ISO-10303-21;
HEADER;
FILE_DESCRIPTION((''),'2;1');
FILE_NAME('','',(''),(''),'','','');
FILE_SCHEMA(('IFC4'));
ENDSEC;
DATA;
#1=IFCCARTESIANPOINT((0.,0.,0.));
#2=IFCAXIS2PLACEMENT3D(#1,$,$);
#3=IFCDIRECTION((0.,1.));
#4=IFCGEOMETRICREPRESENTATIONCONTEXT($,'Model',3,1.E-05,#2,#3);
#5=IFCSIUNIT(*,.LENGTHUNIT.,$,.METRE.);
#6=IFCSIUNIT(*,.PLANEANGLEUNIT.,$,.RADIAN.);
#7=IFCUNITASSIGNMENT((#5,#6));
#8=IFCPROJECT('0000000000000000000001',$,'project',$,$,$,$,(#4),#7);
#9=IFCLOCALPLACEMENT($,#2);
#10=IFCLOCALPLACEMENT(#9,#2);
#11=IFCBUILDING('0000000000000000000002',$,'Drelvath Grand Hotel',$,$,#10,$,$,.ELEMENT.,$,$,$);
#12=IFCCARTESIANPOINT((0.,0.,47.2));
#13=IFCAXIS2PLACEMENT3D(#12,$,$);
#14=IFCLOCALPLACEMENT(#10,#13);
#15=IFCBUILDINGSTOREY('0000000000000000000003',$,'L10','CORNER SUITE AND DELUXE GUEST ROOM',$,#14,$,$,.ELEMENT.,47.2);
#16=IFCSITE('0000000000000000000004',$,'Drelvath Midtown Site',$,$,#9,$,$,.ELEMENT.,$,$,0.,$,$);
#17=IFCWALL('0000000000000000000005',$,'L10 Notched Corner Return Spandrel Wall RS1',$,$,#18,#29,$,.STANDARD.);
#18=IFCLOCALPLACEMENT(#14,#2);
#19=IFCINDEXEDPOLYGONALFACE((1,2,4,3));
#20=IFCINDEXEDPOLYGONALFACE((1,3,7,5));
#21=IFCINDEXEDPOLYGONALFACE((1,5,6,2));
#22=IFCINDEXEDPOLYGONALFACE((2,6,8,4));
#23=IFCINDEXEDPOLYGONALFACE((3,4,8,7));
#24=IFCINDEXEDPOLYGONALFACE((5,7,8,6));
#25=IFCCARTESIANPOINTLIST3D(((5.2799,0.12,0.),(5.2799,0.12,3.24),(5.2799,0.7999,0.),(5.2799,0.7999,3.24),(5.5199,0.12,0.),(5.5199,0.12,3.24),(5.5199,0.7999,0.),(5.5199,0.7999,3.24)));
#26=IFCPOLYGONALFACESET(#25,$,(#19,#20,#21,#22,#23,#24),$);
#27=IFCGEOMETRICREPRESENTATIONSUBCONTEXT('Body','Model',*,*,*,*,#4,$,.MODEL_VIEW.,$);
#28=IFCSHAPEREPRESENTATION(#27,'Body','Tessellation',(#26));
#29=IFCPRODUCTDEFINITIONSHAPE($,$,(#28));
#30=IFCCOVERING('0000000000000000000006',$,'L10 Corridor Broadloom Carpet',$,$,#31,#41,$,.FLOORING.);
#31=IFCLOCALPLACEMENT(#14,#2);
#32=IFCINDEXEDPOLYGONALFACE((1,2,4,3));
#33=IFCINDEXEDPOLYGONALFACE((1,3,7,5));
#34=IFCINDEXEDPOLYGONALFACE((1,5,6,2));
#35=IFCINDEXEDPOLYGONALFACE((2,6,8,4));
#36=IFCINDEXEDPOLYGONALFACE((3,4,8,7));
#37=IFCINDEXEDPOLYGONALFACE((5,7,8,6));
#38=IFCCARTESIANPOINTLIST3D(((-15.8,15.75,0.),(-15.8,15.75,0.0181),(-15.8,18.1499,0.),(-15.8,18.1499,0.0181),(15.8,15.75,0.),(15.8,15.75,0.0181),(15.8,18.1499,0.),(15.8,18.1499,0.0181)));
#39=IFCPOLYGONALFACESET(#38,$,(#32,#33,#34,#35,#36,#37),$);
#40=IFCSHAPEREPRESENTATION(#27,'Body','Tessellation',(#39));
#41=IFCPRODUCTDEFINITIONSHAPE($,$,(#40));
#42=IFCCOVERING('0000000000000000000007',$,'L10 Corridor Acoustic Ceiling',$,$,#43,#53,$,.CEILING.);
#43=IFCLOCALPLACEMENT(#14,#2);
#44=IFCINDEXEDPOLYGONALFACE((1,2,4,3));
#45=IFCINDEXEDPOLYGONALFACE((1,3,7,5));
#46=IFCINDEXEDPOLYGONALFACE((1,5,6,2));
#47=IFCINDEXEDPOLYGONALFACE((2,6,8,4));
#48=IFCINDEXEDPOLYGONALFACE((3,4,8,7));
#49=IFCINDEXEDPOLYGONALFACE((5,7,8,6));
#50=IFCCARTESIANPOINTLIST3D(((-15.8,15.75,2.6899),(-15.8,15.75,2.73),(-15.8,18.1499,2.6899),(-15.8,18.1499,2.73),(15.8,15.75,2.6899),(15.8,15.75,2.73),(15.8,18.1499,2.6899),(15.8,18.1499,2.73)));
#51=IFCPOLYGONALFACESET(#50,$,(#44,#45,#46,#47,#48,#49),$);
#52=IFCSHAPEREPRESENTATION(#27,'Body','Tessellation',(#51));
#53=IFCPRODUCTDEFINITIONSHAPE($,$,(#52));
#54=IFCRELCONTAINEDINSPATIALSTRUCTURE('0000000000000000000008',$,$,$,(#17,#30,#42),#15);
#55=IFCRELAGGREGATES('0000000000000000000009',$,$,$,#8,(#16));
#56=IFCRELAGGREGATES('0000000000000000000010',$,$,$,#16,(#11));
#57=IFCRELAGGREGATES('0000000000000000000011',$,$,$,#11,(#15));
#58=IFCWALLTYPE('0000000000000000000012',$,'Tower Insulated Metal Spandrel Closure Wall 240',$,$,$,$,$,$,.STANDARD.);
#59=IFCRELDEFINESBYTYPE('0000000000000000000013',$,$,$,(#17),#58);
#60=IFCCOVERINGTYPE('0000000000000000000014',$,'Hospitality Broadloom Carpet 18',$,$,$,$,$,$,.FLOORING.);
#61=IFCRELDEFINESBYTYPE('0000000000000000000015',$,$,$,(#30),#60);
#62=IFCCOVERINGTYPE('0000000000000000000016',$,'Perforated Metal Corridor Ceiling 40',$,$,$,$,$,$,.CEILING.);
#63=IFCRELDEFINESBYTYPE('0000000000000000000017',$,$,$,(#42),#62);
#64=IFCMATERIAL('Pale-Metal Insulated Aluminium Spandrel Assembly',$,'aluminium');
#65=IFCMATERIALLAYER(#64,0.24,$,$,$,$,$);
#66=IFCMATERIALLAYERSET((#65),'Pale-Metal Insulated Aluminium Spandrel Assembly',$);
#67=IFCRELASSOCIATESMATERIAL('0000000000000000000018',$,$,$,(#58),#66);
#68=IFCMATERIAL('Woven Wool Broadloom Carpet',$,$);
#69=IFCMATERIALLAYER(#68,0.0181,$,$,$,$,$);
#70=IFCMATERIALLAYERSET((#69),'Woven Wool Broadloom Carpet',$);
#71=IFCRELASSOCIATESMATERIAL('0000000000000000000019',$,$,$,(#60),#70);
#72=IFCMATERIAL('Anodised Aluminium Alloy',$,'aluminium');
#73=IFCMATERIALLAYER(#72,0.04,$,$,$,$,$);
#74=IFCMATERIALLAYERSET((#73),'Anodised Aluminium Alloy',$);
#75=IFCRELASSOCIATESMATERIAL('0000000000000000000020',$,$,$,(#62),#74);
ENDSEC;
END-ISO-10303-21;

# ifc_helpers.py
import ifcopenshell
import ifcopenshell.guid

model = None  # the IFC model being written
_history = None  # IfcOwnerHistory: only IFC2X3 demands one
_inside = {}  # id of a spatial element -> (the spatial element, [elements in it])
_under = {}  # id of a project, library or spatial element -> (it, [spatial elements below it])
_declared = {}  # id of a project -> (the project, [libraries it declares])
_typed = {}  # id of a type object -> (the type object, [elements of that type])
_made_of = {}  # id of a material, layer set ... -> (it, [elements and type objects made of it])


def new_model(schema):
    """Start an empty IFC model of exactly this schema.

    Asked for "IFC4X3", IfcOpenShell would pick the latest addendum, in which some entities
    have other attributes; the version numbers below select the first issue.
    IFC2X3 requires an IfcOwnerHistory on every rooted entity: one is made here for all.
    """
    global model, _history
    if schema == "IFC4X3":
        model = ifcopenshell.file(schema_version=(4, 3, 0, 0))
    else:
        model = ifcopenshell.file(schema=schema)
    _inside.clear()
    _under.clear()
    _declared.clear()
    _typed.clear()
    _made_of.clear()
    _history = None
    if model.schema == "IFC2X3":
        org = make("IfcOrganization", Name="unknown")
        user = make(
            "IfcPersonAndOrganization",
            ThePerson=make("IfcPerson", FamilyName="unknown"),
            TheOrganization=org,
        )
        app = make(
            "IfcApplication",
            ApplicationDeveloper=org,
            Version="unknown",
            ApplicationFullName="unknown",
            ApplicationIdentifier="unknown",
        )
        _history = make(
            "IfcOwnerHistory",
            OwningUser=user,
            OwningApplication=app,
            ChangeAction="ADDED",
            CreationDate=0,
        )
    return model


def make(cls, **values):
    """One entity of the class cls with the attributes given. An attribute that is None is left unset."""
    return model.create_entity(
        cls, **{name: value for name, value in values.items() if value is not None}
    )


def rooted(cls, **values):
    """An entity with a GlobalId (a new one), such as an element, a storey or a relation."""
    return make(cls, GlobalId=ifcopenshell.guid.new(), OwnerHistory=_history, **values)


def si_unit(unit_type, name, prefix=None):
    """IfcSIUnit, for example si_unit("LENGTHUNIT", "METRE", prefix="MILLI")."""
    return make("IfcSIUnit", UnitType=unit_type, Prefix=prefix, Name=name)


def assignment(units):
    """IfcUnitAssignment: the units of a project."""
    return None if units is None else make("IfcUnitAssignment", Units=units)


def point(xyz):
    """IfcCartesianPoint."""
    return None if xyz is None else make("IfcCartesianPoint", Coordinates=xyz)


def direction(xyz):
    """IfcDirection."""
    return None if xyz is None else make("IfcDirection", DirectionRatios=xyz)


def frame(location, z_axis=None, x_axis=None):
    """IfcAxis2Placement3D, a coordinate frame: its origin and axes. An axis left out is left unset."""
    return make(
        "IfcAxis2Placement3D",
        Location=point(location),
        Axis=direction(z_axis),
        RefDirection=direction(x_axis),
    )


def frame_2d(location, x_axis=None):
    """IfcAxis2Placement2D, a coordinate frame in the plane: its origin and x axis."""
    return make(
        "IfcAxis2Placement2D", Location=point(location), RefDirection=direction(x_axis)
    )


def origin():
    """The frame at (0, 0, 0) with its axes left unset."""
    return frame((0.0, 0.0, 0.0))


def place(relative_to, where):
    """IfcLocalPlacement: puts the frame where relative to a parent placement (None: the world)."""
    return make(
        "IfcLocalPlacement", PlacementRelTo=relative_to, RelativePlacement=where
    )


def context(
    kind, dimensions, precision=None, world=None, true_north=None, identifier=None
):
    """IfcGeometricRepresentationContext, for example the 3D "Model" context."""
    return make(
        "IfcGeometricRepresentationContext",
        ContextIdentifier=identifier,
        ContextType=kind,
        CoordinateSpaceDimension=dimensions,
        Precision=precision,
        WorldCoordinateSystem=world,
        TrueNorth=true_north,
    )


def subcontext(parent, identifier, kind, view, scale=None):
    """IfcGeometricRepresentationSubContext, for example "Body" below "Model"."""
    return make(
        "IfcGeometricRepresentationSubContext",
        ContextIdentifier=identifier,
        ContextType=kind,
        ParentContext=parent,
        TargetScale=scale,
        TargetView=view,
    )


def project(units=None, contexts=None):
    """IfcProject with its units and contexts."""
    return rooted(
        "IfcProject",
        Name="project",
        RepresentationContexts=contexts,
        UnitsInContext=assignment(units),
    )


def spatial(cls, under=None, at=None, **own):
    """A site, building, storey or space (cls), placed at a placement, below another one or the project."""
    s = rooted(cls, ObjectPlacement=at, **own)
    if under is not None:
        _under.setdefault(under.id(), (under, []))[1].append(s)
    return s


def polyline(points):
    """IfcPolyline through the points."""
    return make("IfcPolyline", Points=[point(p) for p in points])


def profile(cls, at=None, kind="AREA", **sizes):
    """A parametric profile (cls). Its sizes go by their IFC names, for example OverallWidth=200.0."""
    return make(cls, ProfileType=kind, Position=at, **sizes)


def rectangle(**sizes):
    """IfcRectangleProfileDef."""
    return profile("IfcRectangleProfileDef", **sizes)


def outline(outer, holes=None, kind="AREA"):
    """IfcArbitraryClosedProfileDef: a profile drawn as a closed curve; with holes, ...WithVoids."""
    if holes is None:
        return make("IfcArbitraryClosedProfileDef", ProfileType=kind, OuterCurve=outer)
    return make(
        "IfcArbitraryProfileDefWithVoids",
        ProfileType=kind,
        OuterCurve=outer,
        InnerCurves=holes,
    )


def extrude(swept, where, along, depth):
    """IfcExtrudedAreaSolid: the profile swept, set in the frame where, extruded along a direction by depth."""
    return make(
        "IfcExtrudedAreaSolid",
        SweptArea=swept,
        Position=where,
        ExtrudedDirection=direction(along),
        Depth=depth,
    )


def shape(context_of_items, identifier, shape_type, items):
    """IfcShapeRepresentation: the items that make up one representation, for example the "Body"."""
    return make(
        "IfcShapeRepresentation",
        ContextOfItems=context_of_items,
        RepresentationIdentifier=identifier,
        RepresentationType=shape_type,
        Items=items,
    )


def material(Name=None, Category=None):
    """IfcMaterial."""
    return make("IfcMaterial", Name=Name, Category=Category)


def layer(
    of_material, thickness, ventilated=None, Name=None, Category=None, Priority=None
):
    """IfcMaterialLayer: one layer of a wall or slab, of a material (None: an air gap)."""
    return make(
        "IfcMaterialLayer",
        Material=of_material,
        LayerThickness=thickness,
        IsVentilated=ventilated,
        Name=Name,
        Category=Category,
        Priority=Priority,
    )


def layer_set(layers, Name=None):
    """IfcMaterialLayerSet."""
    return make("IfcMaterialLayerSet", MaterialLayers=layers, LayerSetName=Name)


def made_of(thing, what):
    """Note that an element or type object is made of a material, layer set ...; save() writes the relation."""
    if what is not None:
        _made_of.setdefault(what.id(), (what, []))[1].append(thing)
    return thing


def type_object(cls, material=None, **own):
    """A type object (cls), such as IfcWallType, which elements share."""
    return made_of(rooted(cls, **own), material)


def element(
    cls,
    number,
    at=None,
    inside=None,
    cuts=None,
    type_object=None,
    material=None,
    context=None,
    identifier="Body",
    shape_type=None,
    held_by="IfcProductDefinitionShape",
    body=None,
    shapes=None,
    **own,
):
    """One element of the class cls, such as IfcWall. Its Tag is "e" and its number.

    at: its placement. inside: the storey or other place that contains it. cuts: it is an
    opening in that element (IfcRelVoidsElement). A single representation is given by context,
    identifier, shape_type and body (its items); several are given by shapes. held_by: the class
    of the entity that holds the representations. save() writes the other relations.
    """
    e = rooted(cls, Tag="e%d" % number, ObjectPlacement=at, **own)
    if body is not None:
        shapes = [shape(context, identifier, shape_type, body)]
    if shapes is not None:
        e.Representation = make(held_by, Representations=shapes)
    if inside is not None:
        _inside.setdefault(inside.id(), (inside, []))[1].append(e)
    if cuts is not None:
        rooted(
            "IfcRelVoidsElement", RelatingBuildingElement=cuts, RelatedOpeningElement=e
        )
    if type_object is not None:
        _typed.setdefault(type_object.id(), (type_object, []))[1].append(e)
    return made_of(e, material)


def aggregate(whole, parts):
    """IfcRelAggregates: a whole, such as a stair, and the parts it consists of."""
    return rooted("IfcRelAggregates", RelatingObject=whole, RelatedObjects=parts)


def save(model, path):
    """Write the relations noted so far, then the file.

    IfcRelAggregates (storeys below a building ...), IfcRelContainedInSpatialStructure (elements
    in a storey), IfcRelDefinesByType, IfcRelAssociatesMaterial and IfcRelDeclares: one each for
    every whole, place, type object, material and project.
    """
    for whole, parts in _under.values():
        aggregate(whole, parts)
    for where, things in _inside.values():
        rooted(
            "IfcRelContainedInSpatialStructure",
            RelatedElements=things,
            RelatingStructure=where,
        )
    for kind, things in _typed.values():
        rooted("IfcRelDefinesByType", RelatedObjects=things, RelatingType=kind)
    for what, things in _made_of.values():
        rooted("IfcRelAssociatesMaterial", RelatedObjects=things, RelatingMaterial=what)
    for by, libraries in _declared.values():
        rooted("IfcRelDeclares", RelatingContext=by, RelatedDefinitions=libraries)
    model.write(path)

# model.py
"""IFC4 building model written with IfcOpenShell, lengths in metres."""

from ifc_helpers import new_model, si_unit, direction, frame, frame_2d, origin, place, context, subcontext, project, spatial, polyline, rectangle, outline, extrude, material, layer, layer_set, type_object, element, save


model = new_model("IFC4")

# Units and contexts
model_context = context("Model", 3, precision=1e-05, world=origin(), true_north=direction((0.0, 1.0)))
body_context = subcontext(model_context, "Body", "Model", "MODEL_VIEW")
ifc_project = project(units=[si_unit("LENGTHUNIT", "METRE"), si_unit("PLANEANGLEUNIT", "RADIAN")], contexts=[model_context])

# Site, building, storey
site_placement = place(None, origin())
site = spatial("IfcSite", under=ifc_project, at=site_placement, Name="Drelvath Midtown Site", CompositionType="ELEMENT", RefElevation=0.0)
building_placement = place(site_placement, origin())
building = spatial("IfcBuilding", under=site, at=building_placement, Name="Drelvath Grand Hotel", CompositionType="ELEMENT")
storey_placement = place(building_placement, frame((0.0, 0.0, 47.2)))
storey = spatial("IfcBuildingStorey", under=building, at=storey_placement, Name="L10", Description="CORNER SUITE AND DELUXE GUEST ROOM", CompositionType="ELEMENT", Elevation=47.2)

# Wall
ifc_material_1 = material(Name="Pale-Metal Insulated Aluminium Spandrel Assembly", Category="aluminium")
ifc_layer_1 = layer(ifc_material_1, 0.24)
ifc_layer_set_1 = layer_set([ifc_layer_1], Name="Pale-Metal Insulated Aluminium Spandrel Assembly")
wall_type_1 = type_object("IfcWallType", Name="Tower Insulated Metal Spandrel Closure Wall 240", PredefinedType="STANDARD", material=ifc_layer_set_1)
wall_1_placement = place(storey_placement, frame((5.3999, 0.1201, 0.0), z_axis=(0.0, 0.0, 1.0), x_axis=(0.0, 1.0, 0.0)))
element("IfcWall", 1, at=wall_1_placement, inside=storey, type_object=wall_type_1, Name="L10 Notched Corner Return Spandrel Wall RS1", PredefinedType="STANDARD", context=body_context, shape_type="SweptSolid", body=[
    extrude(rectangle(XDim=0.6799, YDim=0.24, at=frame_2d((0.3398, 0.0))), origin(), (0.0, 0.0, 1.0), 3.24),
])

# Coverings
ifc_material_2 = material(Name="Woven Wool Broadloom Carpet")
ifc_layer_2 = layer(ifc_material_2, 0.0181)
ifc_layer_set_2 = layer_set([ifc_layer_2], Name="Woven Wool Broadloom Carpet")
covering_type_1 = type_object("IfcCoveringType", Name="Hospitality Broadloom Carpet 18", PredefinedType="FLOORING", material=ifc_layer_set_2)
covering_1_placement = place(storey_placement, origin())
element("IfcCovering", 2, at=covering_1_placement, inside=storey, type_object=covering_type_1, Name="L10 Corridor Broadloom Carpet", PredefinedType="FLOORING", context=body_context, shape_type="SweptSolid", body=[
    extrude(outline(polyline([(15.8, 15.75), (15.8, 18.1499), (-15.8, 18.1499), (-15.8, 15.75), (15.8, 15.75)])), origin(), (0.0, 0.0, 1.0), 0.0181),
])
ifc_material_3 = material(Name="Anodised Aluminium Alloy", Category="aluminium")
ifc_layer_3 = layer(ifc_material_3, 0.04)
ifc_layer_set_3 = layer_set([ifc_layer_3], Name="Anodised Aluminium Alloy")
covering_type_2 = type_object("IfcCoveringType", Name="Perforated Metal Corridor Ceiling 40", PredefinedType="CEILING", material=ifc_layer_set_3)
covering_2_placement = place(storey_placement, frame((0.0, 0.0, 2.6899)))
element("IfcCovering", 3, at=covering_2_placement, inside=storey, type_object=covering_type_2, Name="L10 Corridor Acoustic Ceiling", PredefinedType="CEILING", context=body_context, shape_type="SweptSolid", body=[
    extrude(outline(polyline([(15.8, 15.75), (15.8, 18.1499), (-15.8, 18.1499), (-15.8, 15.75), (15.8, 15.75)])), origin(), (0.0, 0.0, 1.0), 0.04),
])

save(model, "model.ifc")
